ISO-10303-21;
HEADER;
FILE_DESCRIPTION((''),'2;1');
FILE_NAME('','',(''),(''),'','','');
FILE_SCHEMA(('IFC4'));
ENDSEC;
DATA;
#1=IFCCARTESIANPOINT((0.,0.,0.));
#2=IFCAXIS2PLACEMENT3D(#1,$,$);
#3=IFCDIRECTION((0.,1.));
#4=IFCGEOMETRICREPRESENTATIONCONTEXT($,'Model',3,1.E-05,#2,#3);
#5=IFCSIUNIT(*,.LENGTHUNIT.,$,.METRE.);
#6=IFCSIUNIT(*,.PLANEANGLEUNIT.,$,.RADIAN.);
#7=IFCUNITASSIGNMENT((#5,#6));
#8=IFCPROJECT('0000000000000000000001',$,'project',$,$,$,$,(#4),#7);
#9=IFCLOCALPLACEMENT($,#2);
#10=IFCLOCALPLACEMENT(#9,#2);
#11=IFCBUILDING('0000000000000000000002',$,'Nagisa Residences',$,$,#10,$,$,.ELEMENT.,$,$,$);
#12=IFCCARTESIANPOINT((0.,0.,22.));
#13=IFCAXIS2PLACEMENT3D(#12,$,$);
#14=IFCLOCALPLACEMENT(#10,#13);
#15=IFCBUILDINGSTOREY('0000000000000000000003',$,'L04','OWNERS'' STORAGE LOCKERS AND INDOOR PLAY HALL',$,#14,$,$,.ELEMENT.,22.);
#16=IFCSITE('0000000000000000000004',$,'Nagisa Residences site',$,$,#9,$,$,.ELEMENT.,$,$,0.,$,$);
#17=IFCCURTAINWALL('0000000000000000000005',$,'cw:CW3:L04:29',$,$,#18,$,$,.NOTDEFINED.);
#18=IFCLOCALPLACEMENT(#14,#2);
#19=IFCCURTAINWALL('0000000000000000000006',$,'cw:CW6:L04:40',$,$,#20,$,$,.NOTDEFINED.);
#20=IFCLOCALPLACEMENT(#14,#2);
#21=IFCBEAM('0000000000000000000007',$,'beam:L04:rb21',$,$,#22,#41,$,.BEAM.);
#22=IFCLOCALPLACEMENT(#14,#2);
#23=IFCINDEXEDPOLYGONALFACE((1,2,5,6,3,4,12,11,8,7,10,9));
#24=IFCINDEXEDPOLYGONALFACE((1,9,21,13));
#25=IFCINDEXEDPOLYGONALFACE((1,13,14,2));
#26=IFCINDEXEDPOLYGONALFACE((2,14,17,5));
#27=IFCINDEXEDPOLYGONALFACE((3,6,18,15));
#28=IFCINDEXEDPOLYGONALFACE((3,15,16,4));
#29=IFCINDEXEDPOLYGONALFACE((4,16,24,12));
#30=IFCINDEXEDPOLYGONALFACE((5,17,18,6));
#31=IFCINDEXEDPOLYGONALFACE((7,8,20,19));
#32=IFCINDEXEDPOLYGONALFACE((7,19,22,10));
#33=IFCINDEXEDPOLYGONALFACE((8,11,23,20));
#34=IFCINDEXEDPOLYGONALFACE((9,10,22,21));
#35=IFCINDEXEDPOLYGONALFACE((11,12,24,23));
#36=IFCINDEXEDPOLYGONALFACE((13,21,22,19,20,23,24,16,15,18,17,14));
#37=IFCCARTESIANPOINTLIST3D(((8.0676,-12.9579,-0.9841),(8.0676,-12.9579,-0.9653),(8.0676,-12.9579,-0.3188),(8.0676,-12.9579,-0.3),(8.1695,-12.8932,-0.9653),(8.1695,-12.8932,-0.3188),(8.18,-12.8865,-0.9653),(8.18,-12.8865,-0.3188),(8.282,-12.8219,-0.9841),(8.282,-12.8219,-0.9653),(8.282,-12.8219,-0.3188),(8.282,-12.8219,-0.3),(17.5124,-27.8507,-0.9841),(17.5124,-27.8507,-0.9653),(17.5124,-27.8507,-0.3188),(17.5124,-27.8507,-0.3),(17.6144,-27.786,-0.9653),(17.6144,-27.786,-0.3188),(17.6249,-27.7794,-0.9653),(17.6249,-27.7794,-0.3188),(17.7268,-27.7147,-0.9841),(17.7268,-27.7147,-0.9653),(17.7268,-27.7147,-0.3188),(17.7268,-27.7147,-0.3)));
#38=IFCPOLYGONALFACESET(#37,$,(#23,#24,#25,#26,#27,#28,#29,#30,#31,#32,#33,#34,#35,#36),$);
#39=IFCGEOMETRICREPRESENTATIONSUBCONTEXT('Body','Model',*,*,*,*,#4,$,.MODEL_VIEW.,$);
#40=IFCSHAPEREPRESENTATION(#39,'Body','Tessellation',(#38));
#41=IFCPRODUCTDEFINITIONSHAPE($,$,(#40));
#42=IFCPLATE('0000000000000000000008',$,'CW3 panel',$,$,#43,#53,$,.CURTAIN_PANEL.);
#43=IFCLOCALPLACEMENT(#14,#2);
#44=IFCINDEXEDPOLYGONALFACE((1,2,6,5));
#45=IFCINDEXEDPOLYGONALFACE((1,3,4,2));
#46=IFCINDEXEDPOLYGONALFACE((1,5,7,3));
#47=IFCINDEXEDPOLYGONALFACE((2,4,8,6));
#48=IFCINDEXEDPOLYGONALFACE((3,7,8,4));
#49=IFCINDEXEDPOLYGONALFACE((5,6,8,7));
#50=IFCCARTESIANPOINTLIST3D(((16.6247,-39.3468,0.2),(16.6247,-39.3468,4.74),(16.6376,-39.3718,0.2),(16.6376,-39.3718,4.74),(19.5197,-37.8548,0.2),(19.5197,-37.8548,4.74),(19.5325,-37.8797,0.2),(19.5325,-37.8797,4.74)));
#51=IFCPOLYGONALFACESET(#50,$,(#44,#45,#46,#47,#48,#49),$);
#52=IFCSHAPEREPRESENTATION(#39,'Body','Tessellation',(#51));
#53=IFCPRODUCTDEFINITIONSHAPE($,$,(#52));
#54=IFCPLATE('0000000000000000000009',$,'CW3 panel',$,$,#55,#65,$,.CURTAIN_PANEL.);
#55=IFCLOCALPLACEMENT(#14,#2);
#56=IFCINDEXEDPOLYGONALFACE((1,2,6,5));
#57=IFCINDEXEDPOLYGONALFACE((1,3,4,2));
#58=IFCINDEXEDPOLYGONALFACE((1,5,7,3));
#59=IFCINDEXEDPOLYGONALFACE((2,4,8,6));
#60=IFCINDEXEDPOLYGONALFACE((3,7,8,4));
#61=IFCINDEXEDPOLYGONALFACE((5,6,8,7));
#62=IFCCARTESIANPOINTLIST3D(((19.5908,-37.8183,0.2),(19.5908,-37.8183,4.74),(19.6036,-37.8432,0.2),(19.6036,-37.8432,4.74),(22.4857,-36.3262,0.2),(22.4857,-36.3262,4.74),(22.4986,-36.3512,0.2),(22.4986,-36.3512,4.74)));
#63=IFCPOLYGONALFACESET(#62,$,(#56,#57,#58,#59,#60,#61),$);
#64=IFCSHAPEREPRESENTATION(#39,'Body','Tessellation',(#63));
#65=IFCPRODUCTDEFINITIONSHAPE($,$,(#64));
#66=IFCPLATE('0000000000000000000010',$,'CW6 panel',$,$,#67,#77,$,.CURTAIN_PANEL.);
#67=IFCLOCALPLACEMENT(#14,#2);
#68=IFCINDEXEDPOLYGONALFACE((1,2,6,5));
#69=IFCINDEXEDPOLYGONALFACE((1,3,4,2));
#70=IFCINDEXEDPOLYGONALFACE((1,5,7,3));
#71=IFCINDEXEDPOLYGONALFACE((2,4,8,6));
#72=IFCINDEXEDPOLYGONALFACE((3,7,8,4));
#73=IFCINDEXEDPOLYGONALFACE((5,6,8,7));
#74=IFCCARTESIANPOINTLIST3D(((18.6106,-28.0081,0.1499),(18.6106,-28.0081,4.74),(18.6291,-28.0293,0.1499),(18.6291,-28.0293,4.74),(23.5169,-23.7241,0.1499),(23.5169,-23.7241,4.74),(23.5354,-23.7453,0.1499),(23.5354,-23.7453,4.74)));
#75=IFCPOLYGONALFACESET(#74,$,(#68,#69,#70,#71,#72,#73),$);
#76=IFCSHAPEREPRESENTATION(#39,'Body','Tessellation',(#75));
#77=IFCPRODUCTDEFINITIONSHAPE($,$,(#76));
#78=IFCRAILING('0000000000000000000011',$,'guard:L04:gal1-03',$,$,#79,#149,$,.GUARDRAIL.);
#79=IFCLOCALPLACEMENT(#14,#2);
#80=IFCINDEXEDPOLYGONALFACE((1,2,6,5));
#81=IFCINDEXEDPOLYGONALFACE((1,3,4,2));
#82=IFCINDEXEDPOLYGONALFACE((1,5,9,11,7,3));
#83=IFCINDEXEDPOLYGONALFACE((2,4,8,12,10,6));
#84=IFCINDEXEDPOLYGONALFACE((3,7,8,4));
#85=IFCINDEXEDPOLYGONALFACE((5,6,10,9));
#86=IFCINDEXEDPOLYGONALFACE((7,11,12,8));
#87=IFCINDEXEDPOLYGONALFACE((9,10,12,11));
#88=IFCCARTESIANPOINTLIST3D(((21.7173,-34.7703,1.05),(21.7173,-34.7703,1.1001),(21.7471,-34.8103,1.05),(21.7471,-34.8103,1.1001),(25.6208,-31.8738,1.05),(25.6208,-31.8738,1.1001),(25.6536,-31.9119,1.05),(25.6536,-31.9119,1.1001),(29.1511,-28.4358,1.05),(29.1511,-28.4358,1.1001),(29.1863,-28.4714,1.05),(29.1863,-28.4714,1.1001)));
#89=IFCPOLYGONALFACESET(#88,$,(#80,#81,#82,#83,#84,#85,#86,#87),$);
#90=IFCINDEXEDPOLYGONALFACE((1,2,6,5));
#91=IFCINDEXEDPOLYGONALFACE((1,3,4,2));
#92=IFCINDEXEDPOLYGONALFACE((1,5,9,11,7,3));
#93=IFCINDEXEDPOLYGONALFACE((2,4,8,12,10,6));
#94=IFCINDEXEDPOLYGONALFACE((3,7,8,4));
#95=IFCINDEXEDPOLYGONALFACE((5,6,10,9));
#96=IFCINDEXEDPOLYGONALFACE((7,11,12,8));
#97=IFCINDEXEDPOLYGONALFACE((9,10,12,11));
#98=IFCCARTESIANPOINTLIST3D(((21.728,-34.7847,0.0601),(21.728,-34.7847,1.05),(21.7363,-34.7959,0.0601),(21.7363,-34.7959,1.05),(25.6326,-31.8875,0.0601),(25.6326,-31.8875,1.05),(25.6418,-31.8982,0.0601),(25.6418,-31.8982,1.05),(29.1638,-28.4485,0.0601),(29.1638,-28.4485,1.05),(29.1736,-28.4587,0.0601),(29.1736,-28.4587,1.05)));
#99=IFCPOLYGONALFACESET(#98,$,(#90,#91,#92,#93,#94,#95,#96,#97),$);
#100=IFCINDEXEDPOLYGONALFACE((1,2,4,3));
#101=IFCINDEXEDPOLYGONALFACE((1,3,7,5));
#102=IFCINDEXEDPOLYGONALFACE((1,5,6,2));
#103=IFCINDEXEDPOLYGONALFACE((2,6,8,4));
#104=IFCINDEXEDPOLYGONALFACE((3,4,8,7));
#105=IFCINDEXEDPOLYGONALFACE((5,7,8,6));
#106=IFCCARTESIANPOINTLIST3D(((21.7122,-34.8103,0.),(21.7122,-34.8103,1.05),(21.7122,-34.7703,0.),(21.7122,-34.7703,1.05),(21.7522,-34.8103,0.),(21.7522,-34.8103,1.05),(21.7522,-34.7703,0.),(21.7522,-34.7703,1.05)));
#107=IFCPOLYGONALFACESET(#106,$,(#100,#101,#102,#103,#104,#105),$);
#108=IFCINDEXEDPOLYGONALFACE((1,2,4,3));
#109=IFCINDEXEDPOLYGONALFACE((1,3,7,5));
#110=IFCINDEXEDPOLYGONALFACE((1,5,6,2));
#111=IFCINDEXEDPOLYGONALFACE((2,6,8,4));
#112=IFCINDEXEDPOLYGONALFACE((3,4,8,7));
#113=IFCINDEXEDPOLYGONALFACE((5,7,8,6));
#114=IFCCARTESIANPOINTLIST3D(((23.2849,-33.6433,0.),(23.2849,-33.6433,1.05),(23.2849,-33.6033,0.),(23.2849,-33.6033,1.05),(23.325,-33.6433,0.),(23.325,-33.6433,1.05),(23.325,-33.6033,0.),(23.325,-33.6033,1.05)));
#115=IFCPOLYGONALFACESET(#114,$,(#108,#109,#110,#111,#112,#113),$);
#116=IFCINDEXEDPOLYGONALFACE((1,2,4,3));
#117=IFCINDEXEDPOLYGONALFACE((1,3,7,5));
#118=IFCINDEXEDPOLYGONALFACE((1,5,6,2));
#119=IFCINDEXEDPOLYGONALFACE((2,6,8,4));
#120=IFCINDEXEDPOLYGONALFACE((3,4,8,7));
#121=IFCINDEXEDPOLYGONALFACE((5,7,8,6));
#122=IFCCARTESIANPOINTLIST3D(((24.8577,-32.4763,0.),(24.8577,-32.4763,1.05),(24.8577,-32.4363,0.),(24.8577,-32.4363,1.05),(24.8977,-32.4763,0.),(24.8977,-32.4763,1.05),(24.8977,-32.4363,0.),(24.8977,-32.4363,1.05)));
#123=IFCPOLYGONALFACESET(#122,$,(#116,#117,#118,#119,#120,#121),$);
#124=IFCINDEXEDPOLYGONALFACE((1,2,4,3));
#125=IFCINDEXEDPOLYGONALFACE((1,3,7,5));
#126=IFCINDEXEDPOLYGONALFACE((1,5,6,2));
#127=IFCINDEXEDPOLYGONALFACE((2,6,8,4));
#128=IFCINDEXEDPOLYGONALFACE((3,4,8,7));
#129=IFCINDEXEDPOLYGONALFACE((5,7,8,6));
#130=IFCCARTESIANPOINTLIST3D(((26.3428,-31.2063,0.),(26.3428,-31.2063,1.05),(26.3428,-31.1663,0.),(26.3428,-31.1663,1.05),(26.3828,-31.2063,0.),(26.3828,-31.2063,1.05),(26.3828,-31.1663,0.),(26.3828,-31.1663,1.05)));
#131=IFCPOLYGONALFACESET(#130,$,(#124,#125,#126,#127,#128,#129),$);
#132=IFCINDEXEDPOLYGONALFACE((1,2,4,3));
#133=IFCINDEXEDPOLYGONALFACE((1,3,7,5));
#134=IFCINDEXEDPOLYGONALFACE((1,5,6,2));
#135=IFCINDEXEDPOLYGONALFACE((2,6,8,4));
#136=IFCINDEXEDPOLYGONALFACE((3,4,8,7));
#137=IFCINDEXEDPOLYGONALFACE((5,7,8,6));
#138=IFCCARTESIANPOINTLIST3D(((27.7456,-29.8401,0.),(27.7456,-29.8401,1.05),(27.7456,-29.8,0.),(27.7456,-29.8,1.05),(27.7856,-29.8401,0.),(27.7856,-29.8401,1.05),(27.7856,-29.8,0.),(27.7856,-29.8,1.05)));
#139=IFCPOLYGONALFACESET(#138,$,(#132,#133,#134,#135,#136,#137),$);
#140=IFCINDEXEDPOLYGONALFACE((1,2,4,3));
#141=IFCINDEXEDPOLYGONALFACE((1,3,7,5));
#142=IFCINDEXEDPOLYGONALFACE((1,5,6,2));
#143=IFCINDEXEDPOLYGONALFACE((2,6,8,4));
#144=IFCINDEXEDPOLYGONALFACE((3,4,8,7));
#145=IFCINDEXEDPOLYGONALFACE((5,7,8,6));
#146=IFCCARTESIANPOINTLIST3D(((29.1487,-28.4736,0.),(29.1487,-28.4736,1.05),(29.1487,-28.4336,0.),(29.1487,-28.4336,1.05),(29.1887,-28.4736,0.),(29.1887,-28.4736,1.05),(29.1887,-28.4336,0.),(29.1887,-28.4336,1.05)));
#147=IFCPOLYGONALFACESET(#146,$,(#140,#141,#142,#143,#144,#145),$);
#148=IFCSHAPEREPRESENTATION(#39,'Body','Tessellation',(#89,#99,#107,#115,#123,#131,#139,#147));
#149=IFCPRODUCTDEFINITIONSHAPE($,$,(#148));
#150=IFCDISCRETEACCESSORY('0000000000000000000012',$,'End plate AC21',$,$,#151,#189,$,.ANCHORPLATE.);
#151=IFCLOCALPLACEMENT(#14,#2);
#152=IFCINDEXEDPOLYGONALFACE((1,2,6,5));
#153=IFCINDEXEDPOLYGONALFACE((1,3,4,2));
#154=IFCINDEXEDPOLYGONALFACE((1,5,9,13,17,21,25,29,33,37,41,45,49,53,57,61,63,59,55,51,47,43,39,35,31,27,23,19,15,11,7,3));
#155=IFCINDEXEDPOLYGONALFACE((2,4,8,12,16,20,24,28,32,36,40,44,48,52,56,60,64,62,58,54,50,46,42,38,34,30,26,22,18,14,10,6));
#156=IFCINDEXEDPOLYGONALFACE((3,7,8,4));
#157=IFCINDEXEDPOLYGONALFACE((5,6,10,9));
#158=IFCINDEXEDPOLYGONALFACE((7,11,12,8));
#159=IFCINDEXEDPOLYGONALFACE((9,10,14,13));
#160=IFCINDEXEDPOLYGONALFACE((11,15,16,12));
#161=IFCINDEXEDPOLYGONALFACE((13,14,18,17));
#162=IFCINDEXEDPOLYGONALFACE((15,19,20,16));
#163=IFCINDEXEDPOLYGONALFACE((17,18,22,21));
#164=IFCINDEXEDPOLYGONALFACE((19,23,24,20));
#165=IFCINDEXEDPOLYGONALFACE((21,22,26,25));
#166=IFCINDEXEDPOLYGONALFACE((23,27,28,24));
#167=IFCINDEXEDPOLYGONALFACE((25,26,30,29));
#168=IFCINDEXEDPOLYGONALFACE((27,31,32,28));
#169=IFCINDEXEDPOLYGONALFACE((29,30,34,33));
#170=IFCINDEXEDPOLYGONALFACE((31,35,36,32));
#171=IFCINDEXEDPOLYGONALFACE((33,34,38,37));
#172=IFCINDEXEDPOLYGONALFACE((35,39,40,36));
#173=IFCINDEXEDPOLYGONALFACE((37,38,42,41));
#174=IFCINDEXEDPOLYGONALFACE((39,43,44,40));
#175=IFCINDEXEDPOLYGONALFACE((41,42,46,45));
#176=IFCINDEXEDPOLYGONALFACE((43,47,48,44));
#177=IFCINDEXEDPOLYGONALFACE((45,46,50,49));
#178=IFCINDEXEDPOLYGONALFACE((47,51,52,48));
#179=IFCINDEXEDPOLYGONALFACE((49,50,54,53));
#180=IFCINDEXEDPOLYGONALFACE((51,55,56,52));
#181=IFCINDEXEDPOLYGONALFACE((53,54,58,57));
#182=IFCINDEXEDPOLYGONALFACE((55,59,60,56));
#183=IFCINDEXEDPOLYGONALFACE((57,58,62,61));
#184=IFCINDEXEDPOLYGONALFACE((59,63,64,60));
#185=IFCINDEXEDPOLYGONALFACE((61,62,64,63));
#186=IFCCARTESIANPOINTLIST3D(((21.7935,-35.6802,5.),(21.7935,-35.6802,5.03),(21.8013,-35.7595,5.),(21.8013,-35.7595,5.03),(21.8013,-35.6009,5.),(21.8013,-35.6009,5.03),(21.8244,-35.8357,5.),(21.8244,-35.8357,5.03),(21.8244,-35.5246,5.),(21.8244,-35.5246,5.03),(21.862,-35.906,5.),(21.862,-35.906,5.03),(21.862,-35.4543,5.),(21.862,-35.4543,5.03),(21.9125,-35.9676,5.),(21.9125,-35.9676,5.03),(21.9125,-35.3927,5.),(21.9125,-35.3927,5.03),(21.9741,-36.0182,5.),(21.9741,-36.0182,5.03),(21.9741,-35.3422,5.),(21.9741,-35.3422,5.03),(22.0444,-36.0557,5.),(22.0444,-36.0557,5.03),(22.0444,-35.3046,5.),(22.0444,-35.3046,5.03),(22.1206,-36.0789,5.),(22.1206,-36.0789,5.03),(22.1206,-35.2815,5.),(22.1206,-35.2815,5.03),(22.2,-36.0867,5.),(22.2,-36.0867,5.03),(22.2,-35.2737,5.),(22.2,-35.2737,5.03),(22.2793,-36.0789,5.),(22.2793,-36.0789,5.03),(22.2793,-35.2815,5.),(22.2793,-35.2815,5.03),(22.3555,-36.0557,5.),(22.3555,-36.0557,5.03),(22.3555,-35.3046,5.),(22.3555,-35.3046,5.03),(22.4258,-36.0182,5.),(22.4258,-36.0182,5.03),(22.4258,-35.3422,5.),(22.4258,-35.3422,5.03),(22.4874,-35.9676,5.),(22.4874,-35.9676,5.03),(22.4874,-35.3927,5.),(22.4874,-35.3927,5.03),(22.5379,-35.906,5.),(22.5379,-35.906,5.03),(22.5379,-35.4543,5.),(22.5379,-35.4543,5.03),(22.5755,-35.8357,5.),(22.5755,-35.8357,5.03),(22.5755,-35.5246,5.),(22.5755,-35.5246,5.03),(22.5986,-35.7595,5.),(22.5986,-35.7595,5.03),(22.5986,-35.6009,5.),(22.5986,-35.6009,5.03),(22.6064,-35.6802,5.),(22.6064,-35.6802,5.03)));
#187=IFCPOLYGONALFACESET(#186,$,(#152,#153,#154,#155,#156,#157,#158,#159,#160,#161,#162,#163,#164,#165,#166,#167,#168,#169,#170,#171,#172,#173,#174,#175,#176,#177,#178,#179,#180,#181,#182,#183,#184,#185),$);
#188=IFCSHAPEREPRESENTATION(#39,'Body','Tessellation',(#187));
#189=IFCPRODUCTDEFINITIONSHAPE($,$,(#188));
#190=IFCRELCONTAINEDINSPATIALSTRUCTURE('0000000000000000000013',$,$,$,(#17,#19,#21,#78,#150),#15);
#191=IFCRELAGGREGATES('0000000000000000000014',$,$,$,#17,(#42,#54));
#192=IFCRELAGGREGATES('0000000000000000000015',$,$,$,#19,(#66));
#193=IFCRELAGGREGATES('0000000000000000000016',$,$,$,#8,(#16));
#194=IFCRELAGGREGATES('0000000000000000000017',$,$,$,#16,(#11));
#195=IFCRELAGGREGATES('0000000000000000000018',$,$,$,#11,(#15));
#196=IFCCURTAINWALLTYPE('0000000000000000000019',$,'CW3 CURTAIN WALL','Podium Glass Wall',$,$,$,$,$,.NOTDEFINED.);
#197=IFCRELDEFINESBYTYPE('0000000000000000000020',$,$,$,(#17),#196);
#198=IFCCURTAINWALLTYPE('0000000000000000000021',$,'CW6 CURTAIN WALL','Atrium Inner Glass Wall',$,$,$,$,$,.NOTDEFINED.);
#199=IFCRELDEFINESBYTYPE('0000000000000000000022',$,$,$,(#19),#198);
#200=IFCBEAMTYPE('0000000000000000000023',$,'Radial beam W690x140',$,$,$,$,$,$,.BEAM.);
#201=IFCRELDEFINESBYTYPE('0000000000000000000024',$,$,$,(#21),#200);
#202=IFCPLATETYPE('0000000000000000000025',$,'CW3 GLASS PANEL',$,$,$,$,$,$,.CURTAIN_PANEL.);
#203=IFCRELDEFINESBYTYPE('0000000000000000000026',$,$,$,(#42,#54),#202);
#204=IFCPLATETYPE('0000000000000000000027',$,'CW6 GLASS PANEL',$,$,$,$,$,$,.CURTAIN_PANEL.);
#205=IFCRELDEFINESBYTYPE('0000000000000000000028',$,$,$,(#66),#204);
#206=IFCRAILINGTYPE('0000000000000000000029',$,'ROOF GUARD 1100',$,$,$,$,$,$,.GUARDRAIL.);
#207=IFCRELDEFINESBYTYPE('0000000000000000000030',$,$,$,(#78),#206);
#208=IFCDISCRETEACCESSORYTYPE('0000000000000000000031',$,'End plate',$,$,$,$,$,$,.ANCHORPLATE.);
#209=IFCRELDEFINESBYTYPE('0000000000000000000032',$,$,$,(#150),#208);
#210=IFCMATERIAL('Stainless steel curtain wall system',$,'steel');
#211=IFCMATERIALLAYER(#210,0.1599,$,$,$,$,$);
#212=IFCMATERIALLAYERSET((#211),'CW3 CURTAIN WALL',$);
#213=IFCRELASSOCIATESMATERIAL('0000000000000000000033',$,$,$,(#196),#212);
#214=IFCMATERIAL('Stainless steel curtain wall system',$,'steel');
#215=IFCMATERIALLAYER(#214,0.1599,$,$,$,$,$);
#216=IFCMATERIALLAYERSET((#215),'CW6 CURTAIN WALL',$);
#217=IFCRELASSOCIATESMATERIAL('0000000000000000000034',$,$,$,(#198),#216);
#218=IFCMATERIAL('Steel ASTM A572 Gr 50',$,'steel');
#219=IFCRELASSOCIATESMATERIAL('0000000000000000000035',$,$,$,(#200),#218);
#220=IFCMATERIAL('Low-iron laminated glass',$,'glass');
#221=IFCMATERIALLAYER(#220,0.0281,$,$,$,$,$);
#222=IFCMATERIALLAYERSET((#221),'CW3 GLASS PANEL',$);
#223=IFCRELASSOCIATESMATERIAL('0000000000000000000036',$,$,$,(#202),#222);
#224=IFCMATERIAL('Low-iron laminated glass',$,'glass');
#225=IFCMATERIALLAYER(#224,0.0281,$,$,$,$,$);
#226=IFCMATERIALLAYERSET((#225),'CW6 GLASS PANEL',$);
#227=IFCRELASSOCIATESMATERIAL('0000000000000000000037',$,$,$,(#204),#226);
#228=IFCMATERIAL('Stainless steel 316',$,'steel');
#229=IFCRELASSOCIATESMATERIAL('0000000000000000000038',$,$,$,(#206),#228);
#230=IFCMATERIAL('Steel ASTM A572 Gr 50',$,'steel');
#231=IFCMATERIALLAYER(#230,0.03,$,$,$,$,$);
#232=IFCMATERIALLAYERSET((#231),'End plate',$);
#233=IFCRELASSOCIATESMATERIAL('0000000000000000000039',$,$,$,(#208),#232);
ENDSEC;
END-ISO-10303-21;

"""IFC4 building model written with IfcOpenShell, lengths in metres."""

from ifc_helpers import new_model, si_unit, direction, frame, origin, origin_2d, place, context, subcontext, project, spatial, polyline, rectangle, circle, i_section, outline, extrude, material, layer, layer_set, material_profile, profile_set, type_object, element, aggregate, save


model = new_model("IFC4")

# Units and contexts
model_context = context("Model", 3, precision=1e-05, world=origin(), true_north=direction((0.0, 1.0)))
body_context = subcontext(model_context, "Body", "Model", "MODEL_VIEW")
ifc_project = project(units=[si_unit("LENGTHUNIT", "METRE"), si_unit("PLANEANGLEUNIT", "RADIAN")], contexts=[model_context])

# Site, building, storey
site_placement = place(None, origin())
site = spatial("IfcSite", under=ifc_project, at=site_placement, Name="Nagisa Residences site", CompositionType="ELEMENT", RefElevation=0.0)
building_placement = place(site_placement, origin())
building = spatial("IfcBuilding", under=site, at=building_placement, Name="Nagisa Residences", CompositionType="ELEMENT")
storey_placement = place(building_placement, frame((0.0, 0.0, 22.0)))
storey = spatial("IfcBuildingStorey", under=building, at=storey_placement, Name="L04", Description="OWNERS' STORAGE LOCKERS AND INDOOR PLAY HALL", CompositionType="ELEMENT", Elevation=22.0)

# Curtain walls
ifc_material_1 = material(Name="Stainless steel curtain wall system", Category="steel")
ifc_layer_1 = layer(ifc_material_1, 0.1599)
ifc_layer_set_1 = layer_set([ifc_layer_1], Name="CW3 CURTAIN WALL")
curtain_wall_type_1 = type_object("IfcCurtainWallType", Name="CW3 CURTAIN WALL", Description="Podium Glass Wall", PredefinedType="NOTDEFINED", material=ifc_layer_set_1)
curtain_wall_1_placement = place(storey_placement, origin())
curtain_wall_1 = element("IfcCurtainWall", 1, at=curtain_wall_1_placement, inside=storey, type_object=curtain_wall_type_1, Name="cw:CW3:L04:29", PredefinedType="NOTDEFINED")
ifc_material_2 = material(Name="Stainless steel curtain wall system", Category="steel")
ifc_layer_2 = layer(ifc_material_2, 0.1599)
ifc_layer_set_2 = layer_set([ifc_layer_2], Name="CW6 CURTAIN WALL")
curtain_wall_type_2 = type_object("IfcCurtainWallType", Name="CW6 CURTAIN WALL", Description="Atrium Inner Glass Wall", PredefinedType="NOTDEFINED", material=ifc_layer_set_2)
curtain_wall_2_placement = place(storey_placement, origin())
curtain_wall_2 = element("IfcCurtainWall", 2, at=curtain_wall_2_placement, inside=storey, type_object=curtain_wall_type_2, Name="cw:CW6:L04:40", PredefinedType="NOTDEFINED")

# Beam
ifc_material_3 = material(Name="Steel ASTM A572 Gr 50", Category="steel")
ifc_material_profile_1 = material_profile(ifc_material_3, i_section(OverallWidth=0.2539, OverallDepth=0.6841, WebThickness=0.0125, FlangeThickness=0.0188, at=origin_2d()), Name="W690x140")
ifc_profile_set_1 = profile_set([ifc_material_profile_1], Name="Steel ASTM A572 Gr 50")
beam_type_1 = type_object("IfcBeamType", Name="Radial beam W690x140", PredefinedType="BEAM", material=ifc_profile_set_1)
beam_1_placement = place(storey_placement, frame((17.6196, -27.7827, -0.6421), z_axis=(-0.535566, 0.844493, 0.0), x_axis=(-0.844493, -0.535566, 0.0)))
element("IfcBeam", 3, at=beam_1_placement, inside=storey, type_object=beam_type_1, Name="beam:L04:rb21", PredefinedType="BEAM", context=body_context, shape_type="SweptSolid", body=[
    extrude(i_section(OverallWidth=0.2539, OverallDepth=0.6841, WebThickness=0.0125, FlangeThickness=0.0188, at=origin_2d()), origin(), (0.0, 0.0, 1.0), 17.6353),
])

# Plates
ifc_material_4 = material(Name="Low-iron laminated glass", Category="glass")
ifc_layer_3 = layer(ifc_material_4, 0.0281)
ifc_layer_set_3 = layer_set([ifc_layer_3], Name="CW3 GLASS PANEL")
plate_type_1 = type_object("IfcPlateType", Name="CW3 GLASS PANEL", PredefinedType="CURTAIN_PANEL", material=ifc_layer_set_3)
plate_1_placement = place(storey_placement, frame((18.0786, -38.6133, 0.2), z_axis=(0.0, 0.0, 1.0), x_axis=(0.888887, 0.458126, 0.0)))
plate_1 = element("IfcPlate", 4, at=plate_1_placement, type_object=plate_type_1, Name="CW3 panel", PredefinedType="CURTAIN_PANEL", context=body_context, shape_type="SweptSolid", body=[
    extrude(rectangle(XDim=3.2568, YDim=0.0281, at=origin_2d()), origin(), (0.0, 0.0, 1.0), 4.54),
])
plate_2_placement = place(storey_placement, frame((21.0447, -37.0847, 0.2), z_axis=(0.0, 0.0, 1.0), x_axis=(0.888887, 0.458126, 0.0)))
plate_2 = element("IfcPlate", 5, at=plate_2_placement, type_object=plate_type_1, Name="CW3 panel", PredefinedType="CURTAIN_PANEL", context=body_context, shape_type="SweptSolid", body=[
    extrude(rectangle(XDim=3.2568, YDim=0.0281, at=origin_2d()), origin(), (0.0, 0.0, 1.0), 4.54),
])
aggregate(curtain_wall_1, [plate_1, plate_2])
ifc_material_5 = material(Name="Low-iron laminated glass", Category="glass")
ifc_layer_4 = layer(ifc_material_5, 0.0281)
ifc_layer_set_4 = layer_set([ifc_layer_4], Name="CW6 GLASS PANEL")
plate_type_2 = type_object("IfcPlateType", Name="CW6 GLASS PANEL", PredefinedType="CURTAIN_PANEL", material=ifc_layer_set_4)
plate_3_placement = place(storey_placement, frame((21.073, -25.8767, 0.1499), z_axis=(0.0, 0.0, 1.0), x_axis=(0.753261, 0.657721, 0.0)))
plate_3 = element("IfcPlate", 6, at=plate_3_placement, type_object=plate_type_2, Name="CW6 panel", PredefinedType="CURTAIN_PANEL", context=body_context, shape_type="SweptSolid", body=[
    extrude(rectangle(XDim=6.5134, YDim=0.0281, at=origin_2d()), origin(), (0.0, 0.0, 1.0), 4.5901),
])
aggregate(curtain_wall_2, [plate_3])

# Railing
ifc_material_6 = material(Name="Stainless steel 316", Category="steel")
railing_type = type_object("IfcRailingType", Name="ROOF GUARD 1100", PredefinedType="GUARDRAIL", material=ifc_material_6)
railing_placement = place(storey_placement, frame((21.7322, -34.7903, 0.0)))
element("IfcRailing", 7, at=railing_placement, inside=storey, type_object=railing_type, Name="guard:L04:gal1-03", PredefinedType="GUARDRAIL", context=body_context, shape_type="SweptSolid", body=[
    extrude(outline(polyline([(3.8887, 2.9165), (-0.0149, 0.02), (0.0149, -0.02), (3.9214, 2.8784), (7.4541, 6.3188), (7.4189, 6.3545), (3.8887, 2.9165)])), frame((0.0, 0.0, 1.05)), (0.0, 0.0, 1.0), 0.05),
    extrude(outline(polyline([(3.9004, 2.9028), (-0.0042, 0.0056), (0.0042, -0.0056), (3.9097, 2.8921), (7.4414, 6.3315), (7.4316, 6.3418), (3.9004, 2.9028)])), frame((0.0, 0.0, 0.0601)), (0.0, 0.0, 1.0), 0.99),
    extrude(rectangle(XDim=0.04, YDim=0.04, at=origin_2d()), origin(), (0.0, 0.0, 1.0), 1.05),
    extrude(rectangle(XDim=0.04, YDim=0.04, at=origin_2d()), frame((1.5728, 1.167, 0.0)), (0.0, 0.0, 1.0), 1.05),
    extrude(rectangle(XDim=0.04, YDim=0.04, at=origin_2d()), frame((3.1455, 2.334, 0.0)), (0.0, 0.0, 1.0), 1.05),
    extrude(rectangle(XDim=0.04, YDim=0.04, at=origin_2d()), frame((4.6306, 3.604, 0.0)), (0.0, 0.0, 1.0), 1.05),
    extrude(rectangle(XDim=0.04, YDim=0.04, at=origin_2d()), frame((6.0334, 4.9702, 0.0)), (0.0, 0.0, 1.0), 1.05),
    extrude(rectangle(XDim=0.04, YDim=0.04, at=origin_2d()), frame((7.4365, 6.3367, 0.0)), (0.0, 0.0, 1.0), 1.05),
])

# Discrete accessory
ifc_material_7 = material(Name="Steel ASTM A572 Gr 50", Category="steel")
ifc_layer_5 = layer(ifc_material_7, 0.03)
ifc_layer_set_5 = layer_set([ifc_layer_5], Name="End plate")
discrete_accessory_type_1 = type_object("IfcDiscreteAccessoryType", Name="End plate", PredefinedType="ANCHORPLATE", material=ifc_layer_set_5)
discrete_accessory_1_placement = place(storey_placement, frame((22.2, -35.6802, 5.0), z_axis=(0.0, 0.0, 1.0), x_axis=(1.0, 0.0, 0.0)))
element("IfcDiscreteAccessory", 8, at=discrete_accessory_1_placement, inside=storey, type_object=discrete_accessory_type_1, Name="End plate AC21", PredefinedType="ANCHORPLATE", context=body_context, shape_type="SweptSolid", body=[
    extrude(circle(Radius=0.4065, at=origin_2d()), origin(), (0.0, 0.0, 1.0), 0.03),
])

save(model, "model.ifc")
